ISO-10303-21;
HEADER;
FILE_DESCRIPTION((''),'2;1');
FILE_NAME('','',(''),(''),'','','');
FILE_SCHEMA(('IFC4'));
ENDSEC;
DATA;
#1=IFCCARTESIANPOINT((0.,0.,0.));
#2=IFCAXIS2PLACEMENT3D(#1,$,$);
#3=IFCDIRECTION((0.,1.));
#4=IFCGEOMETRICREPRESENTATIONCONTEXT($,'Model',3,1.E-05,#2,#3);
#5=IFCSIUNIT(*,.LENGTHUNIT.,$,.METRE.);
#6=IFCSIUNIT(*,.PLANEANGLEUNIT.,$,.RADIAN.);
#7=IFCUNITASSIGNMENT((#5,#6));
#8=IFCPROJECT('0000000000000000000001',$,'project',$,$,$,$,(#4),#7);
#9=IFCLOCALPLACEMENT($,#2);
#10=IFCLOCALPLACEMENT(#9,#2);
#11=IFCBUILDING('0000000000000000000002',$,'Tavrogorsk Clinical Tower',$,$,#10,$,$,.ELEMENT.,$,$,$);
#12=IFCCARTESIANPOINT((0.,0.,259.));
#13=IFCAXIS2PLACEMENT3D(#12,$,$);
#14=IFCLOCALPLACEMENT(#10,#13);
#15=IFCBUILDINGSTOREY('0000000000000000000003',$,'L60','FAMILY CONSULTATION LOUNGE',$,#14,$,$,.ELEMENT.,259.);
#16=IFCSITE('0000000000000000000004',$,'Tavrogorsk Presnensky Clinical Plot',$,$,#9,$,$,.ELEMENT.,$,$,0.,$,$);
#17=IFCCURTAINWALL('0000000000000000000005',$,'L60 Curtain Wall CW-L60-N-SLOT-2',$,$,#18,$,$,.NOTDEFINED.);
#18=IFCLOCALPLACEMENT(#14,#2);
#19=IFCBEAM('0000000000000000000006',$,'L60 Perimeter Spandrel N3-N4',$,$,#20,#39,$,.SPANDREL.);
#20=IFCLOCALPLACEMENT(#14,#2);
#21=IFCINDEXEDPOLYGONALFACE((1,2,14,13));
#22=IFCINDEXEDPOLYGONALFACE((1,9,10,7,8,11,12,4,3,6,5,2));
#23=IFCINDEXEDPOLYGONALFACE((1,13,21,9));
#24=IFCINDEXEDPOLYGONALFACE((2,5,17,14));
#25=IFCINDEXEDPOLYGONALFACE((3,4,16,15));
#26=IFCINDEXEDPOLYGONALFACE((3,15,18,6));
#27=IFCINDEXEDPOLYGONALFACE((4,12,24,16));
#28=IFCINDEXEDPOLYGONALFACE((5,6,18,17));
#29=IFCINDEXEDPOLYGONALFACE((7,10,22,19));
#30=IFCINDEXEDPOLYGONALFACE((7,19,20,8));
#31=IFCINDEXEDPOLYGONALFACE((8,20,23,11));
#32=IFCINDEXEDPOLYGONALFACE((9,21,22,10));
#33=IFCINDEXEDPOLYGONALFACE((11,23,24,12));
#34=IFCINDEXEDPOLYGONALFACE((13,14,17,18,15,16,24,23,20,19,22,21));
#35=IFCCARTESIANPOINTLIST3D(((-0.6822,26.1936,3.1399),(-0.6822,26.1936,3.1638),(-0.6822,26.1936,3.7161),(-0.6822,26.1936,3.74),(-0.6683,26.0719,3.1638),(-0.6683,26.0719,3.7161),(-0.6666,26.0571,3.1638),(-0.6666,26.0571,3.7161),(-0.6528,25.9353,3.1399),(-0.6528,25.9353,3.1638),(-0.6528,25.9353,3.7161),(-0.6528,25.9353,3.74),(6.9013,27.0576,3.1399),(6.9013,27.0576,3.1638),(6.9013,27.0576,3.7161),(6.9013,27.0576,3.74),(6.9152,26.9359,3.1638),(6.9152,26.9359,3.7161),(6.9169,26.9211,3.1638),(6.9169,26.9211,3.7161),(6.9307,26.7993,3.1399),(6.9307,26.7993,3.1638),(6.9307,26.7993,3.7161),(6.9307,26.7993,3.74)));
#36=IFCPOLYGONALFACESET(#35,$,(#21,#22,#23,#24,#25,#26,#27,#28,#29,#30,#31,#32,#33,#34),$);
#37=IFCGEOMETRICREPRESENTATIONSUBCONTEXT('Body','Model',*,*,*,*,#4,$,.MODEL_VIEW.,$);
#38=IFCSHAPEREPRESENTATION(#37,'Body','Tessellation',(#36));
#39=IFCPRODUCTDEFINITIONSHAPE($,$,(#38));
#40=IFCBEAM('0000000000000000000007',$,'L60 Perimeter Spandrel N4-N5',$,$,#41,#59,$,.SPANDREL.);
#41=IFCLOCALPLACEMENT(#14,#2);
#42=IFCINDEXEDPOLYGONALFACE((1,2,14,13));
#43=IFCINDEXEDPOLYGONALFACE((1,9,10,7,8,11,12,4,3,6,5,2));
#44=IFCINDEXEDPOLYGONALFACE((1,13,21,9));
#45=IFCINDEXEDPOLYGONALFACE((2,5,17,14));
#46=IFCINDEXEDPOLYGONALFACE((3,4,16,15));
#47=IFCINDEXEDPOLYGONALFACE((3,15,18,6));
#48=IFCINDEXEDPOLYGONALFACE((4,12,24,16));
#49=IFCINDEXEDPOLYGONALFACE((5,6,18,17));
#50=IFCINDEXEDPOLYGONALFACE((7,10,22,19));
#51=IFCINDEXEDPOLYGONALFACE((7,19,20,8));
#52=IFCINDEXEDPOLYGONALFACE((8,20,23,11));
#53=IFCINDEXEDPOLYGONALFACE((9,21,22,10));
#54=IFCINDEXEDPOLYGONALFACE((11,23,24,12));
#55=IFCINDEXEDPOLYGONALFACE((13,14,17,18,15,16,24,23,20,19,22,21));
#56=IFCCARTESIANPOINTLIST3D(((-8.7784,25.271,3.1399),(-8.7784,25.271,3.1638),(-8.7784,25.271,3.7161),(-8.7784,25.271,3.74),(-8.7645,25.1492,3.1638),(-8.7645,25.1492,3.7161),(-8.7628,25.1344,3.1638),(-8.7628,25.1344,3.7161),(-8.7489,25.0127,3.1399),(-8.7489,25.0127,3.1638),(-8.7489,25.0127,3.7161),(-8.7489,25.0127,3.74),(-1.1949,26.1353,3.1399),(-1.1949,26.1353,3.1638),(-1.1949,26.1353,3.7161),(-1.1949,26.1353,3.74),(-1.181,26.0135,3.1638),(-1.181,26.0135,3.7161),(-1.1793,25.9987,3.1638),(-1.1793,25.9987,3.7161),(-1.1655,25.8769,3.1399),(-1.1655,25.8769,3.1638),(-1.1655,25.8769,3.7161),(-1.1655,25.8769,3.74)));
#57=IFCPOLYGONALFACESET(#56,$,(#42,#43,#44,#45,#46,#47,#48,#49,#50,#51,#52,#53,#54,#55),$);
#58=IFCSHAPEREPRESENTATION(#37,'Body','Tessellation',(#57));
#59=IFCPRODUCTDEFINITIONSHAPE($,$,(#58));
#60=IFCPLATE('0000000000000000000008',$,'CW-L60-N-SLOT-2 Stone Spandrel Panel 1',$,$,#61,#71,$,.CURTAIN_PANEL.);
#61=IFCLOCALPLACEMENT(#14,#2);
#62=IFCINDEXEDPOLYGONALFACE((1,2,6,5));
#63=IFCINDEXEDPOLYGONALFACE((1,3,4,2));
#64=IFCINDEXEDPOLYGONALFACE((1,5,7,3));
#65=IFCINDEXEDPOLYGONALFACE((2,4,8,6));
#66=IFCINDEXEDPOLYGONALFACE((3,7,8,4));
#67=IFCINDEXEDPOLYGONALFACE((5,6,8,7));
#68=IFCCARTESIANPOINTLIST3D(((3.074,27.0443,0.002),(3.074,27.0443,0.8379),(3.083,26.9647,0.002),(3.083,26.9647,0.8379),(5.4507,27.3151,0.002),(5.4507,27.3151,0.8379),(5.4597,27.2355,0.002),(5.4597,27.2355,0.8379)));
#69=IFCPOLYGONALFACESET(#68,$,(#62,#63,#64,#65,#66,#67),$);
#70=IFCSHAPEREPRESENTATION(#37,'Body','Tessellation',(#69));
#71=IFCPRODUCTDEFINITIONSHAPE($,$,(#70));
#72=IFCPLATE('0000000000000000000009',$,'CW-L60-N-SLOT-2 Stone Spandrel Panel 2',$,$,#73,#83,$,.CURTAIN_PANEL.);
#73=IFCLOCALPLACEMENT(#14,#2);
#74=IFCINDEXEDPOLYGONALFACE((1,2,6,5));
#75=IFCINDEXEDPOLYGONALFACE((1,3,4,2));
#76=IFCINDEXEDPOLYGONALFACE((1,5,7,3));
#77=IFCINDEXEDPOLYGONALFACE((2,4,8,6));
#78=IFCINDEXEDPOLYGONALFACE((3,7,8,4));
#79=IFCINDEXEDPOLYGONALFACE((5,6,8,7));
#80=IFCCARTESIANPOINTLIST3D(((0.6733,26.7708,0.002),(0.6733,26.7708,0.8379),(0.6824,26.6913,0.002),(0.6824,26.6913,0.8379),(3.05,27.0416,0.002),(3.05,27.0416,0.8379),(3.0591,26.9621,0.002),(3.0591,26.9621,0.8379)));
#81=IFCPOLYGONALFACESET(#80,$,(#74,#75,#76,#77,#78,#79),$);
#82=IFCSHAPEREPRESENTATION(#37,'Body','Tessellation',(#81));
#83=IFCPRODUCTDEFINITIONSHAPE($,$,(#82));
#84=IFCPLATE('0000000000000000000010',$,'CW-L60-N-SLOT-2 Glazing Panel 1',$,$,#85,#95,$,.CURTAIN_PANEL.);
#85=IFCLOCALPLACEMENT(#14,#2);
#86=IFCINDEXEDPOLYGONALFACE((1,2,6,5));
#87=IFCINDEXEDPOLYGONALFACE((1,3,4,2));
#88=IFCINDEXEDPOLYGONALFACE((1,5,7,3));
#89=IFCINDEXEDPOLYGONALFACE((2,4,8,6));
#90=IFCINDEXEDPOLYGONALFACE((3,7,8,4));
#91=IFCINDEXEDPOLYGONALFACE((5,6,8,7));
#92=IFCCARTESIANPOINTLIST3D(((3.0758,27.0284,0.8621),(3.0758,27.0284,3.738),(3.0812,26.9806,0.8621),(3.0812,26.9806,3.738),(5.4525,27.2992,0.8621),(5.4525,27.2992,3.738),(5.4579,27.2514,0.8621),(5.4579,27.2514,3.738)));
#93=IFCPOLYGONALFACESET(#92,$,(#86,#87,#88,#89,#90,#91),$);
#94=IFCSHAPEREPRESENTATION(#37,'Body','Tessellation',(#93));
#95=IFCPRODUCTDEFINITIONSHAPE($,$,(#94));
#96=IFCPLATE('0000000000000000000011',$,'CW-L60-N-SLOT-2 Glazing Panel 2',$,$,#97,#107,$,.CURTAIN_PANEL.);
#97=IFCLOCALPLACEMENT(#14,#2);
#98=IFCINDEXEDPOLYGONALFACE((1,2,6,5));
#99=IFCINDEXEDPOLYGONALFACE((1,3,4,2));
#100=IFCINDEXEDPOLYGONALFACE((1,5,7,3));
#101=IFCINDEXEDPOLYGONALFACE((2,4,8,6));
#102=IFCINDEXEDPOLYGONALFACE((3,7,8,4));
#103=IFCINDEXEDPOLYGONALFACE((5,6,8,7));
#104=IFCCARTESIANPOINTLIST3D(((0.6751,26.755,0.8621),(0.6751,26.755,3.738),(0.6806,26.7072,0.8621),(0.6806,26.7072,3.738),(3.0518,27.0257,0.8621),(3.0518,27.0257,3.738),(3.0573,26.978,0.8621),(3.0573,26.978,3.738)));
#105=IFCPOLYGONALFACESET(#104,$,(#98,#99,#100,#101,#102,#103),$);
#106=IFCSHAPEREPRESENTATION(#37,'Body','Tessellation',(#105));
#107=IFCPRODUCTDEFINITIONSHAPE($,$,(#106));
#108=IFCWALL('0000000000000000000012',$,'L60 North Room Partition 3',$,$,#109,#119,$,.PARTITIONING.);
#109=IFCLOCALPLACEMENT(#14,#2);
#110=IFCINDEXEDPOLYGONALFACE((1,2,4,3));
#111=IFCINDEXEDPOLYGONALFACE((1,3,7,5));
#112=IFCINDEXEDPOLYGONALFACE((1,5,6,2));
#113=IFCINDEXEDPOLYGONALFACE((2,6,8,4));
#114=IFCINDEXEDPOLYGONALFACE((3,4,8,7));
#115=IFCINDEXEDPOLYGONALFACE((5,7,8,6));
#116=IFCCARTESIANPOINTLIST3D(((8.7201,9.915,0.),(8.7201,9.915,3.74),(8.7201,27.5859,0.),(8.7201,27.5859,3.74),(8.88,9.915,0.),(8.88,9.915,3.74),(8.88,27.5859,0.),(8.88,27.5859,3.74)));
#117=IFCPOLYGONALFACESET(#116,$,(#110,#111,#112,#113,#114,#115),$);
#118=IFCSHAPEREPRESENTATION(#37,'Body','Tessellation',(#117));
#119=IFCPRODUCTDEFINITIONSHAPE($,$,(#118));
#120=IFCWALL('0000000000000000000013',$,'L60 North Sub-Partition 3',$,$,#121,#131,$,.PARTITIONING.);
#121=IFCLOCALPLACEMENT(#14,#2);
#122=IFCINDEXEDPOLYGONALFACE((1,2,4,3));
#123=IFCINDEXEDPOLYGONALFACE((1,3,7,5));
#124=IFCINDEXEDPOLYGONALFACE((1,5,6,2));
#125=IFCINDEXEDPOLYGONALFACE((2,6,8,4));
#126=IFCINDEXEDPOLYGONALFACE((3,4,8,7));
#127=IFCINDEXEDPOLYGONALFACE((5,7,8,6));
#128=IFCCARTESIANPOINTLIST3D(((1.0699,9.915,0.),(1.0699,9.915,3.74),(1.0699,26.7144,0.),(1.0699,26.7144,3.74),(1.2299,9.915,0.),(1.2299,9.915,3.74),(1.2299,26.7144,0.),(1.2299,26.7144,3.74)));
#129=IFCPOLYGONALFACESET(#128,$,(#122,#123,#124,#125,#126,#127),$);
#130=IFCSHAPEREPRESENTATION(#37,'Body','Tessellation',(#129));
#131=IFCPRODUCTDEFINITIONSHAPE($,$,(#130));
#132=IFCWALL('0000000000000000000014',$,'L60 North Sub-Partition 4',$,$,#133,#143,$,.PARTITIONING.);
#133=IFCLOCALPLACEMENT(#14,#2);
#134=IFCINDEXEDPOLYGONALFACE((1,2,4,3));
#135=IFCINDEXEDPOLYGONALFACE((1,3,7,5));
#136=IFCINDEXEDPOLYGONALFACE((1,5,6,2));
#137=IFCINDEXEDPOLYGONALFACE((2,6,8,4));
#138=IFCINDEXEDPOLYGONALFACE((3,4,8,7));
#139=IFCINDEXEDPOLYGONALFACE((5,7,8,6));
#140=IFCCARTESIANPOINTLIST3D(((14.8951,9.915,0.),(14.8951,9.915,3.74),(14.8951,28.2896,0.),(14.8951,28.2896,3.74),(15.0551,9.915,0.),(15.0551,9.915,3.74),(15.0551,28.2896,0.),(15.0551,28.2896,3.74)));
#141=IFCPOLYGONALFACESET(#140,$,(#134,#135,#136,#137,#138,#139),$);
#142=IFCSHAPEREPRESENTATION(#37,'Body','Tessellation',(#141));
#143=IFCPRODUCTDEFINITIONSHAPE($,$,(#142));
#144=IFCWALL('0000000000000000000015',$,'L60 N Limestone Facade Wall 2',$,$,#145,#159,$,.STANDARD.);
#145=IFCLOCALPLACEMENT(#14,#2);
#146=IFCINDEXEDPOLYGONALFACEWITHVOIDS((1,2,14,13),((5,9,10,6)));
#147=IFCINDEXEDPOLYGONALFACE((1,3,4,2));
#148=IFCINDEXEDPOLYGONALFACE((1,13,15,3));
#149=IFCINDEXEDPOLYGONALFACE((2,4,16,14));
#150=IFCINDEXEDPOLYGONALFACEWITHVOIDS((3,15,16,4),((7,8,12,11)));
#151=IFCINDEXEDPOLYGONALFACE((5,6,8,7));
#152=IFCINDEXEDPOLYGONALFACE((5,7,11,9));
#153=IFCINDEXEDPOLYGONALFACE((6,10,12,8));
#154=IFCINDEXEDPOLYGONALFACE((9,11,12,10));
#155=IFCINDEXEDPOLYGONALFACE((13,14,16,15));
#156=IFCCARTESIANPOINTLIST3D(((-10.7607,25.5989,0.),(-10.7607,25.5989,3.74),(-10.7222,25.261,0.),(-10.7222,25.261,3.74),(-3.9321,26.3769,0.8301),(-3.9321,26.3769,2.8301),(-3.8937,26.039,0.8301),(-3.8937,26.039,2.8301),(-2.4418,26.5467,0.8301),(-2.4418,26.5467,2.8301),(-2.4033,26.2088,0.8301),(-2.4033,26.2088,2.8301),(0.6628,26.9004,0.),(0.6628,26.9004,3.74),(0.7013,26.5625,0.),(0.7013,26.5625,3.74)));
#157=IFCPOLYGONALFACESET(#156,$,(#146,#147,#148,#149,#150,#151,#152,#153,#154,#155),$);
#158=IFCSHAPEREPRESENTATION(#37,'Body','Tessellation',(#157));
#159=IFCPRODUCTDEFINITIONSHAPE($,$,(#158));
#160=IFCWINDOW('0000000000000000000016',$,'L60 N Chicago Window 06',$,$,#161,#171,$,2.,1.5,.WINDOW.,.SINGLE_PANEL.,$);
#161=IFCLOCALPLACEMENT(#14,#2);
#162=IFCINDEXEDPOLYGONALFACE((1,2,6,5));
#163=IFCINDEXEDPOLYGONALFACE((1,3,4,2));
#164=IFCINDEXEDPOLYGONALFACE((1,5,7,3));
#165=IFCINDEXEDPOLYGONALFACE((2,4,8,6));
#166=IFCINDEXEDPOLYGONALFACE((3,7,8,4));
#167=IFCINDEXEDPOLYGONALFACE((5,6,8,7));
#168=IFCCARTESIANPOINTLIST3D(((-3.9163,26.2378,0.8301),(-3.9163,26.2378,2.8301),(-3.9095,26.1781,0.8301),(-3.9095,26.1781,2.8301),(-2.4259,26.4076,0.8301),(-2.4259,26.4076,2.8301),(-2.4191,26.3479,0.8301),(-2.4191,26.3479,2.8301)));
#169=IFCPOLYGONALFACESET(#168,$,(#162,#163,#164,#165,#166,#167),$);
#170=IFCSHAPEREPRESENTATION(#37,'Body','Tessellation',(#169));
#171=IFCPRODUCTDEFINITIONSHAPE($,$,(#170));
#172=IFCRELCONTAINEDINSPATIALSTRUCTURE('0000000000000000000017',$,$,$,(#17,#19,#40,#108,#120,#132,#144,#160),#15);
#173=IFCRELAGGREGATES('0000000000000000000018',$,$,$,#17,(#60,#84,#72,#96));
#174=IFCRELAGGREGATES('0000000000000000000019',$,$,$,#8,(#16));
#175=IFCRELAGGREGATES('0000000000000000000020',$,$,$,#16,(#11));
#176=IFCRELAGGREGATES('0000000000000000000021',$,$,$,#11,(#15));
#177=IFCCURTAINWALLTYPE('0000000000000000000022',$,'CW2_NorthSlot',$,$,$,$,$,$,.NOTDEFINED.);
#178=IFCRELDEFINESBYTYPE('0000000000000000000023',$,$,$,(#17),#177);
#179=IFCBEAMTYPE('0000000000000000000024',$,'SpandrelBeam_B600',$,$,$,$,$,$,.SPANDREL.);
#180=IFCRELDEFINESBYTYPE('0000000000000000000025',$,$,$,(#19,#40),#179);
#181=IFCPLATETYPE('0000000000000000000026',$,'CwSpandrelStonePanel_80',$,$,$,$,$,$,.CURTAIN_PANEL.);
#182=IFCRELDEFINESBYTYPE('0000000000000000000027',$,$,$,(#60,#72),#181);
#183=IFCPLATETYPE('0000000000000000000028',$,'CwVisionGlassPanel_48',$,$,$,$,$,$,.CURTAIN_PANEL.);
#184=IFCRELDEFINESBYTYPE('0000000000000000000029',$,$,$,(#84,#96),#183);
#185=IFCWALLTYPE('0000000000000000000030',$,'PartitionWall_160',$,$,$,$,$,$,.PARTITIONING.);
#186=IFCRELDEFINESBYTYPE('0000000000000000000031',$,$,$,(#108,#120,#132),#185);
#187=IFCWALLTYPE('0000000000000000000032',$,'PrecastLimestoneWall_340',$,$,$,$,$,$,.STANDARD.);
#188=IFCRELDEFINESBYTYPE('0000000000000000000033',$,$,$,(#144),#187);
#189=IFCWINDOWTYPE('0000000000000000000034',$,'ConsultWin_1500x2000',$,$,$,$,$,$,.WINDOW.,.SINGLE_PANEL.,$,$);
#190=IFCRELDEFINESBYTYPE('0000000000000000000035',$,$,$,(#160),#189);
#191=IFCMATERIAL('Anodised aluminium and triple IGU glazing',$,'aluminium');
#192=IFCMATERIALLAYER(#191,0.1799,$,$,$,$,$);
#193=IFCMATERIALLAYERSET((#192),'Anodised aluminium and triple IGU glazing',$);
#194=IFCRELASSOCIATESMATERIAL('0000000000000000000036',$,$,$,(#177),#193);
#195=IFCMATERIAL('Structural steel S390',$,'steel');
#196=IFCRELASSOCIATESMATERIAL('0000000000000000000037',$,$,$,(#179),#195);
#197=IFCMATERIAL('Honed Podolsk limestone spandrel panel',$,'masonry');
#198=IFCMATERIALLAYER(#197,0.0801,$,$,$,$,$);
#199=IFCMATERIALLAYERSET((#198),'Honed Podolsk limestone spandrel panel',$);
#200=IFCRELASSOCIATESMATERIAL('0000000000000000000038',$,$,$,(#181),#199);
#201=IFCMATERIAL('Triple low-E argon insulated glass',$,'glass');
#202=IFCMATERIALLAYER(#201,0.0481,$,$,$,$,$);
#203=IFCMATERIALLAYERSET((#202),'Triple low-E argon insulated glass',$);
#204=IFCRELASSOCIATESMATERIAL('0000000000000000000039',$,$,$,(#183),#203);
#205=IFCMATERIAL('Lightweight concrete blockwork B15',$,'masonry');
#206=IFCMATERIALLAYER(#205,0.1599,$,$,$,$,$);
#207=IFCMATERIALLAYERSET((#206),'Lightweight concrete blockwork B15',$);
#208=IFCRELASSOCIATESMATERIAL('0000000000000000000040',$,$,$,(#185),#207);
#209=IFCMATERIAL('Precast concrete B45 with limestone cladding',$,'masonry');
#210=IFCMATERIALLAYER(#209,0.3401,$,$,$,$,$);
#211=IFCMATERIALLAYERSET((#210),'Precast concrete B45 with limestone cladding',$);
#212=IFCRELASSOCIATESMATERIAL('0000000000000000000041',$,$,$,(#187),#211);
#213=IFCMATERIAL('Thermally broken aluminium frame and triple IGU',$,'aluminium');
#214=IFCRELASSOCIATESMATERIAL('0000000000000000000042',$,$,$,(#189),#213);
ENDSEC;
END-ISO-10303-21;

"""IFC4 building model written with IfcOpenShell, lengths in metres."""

from ifc_helpers import new_model, si_unit, direction, frame, frame_2d, origin, origin_2d, place, context, subcontext, project, spatial, rectangle, i_section, extrude, material, layer, layer_set, material_profile, profile_set, type_object, element, fill, aggregate, save


model = new_model("IFC4")

# Units and contexts
model_context = context("Model", 3, precision=1e-05, world=origin(), true_north=direction((0.0, 1.0)))
body_context = subcontext(model_context, "Body", "Model", "MODEL_VIEW")
ifc_project = project(units=[si_unit("LENGTHUNIT", "METRE"), si_unit("PLANEANGLEUNIT", "RADIAN")], contexts=[model_context])

# Site, building, storey
site_placement = place(None, origin())
site = spatial("IfcSite", under=ifc_project, at=site_placement, Name="Tavrogorsk Presnensky Clinical Plot", CompositionType="ELEMENT", RefElevation=0.0)
building_placement = place(site_placement, origin())
building = spatial("IfcBuilding", under=site, at=building_placement, Name="Tavrogorsk Clinical Tower", CompositionType="ELEMENT")
storey_placement = place(building_placement, frame((0.0, 0.0, 259.0)))
storey = spatial("IfcBuildingStorey", under=building, at=storey_placement, Name="L60", Description="FAMILY CONSULTATION LOUNGE", CompositionType="ELEMENT", Elevation=259.0)

# Curtain wall
ifc_material_1 = material(Name="Anodised aluminium and triple IGU glazing", Category="aluminium")
ifc_layer_1 = layer(ifc_material_1, 0.1799)
ifc_layer_set_1 = layer_set([ifc_layer_1], Name="Anodised aluminium and triple IGU glazing")
curtain_wall_type = type_object("IfcCurtainWallType", Name="CW2_NorthSlot", PredefinedType="NOTDEFINED", material=ifc_layer_set_1)
curtain_wall_placement = place(storey_placement, origin())
curtain_wall = element("IfcCurtainWall", 1, at=curtain_wall_placement, inside=storey, type_object=curtain_wall_type, Name="L60 Curtain Wall CW-L60-N-SLOT-2", PredefinedType="NOTDEFINED")

# Beams
ifc_material_2 = material(Name="Structural steel S390", Category="steel")
ifc_material_profile_1 = material_profile(ifc_material_2, i_section(OverallWidth=0.26, OverallDepth=0.6001, WebThickness=0.0149, FlangeThickness=0.0239, at=origin_2d()), Name="B-600x260x15x24")
ifc_profile_set_1 = profile_set([ifc_material_profile_1], Name="Structural steel S390")
beam_type = type_object("IfcBeamType", Name="SpandrelBeam_B600", PredefinedType="SPANDREL", material=ifc_profile_set_1)
for number, where, z_axis, x_axis, name in (
    (2, (6.916, 26.9285, 3.4399), (-0.993572, -0.113201, 0.0), (0.113201, -0.993572, 0.0), "L60 Perimeter Spandrel N3-N4"),
    (3, (-1.1802, 26.0061, 3.4399), (-0.993569, -0.113233, 0.0), (0.113233, -0.993569, 0.0), "L60 Perimeter Spandrel N4-N5"),
):
    element("IfcBeam", number, at=place(storey_placement, frame(where, z_axis=z_axis, x_axis=x_axis)), inside=storey, type_object=beam_type, Name=name, PredefinedType="SPANDREL", context=body_context, shape_type="SweptSolid", body=[
        extrude(i_section(OverallWidth=0.26, OverallDepth=0.6001, WebThickness=0.0149, FlangeThickness=0.0239, at=origin_2d()), origin(), (0.0, 0.0, 1.0), 7.6326),
    ])

# Plates
ifc_material_3 = material(Name="Honed Podolsk limestone spandrel panel", Category="masonry")
ifc_layer_2 = layer(ifc_material_3, 0.0801)
ifc_layer_set_2 = layer_set([ifc_layer_2], Name="Honed Podolsk limestone spandrel panel")
plate_type_1 = type_object("IfcPlateType", Name="CwSpandrelStonePanel_80", PredefinedType="CURTAIN_PANEL", material=ifc_layer_set_2)
plate_1_placement = place(storey_placement, frame((4.2668, 27.1399, 0.002), z_axis=(0.0, 0.0, 1.0), x_axis=(-0.993572, -0.113203, 0.0)))
plate_1 = element("IfcPlate", 4, at=plate_1_placement, type_object=plate_type_1, Name="CW-L60-N-SLOT-2 Stone Spandrel Panel 1", PredefinedType="CURTAIN_PANEL", context=body_context, shape_type="SweptSolid", body=[
    extrude(rectangle(XDim=2.3921, YDim=0.0801, at=origin_2d()), origin(), (0.0, 0.0, 1.0), 0.8359),
])
plate_2_placement = place(storey_placement, frame((1.8662, 26.8665, 0.002), z_axis=(0.0, 0.0, 1.0), x_axis=(-0.993572, -0.113203, 0.0)))
plate_2 = element("IfcPlate", 5, at=plate_2_placement, type_object=plate_type_1, Name="CW-L60-N-SLOT-2 Stone Spandrel Panel 2", PredefinedType="CURTAIN_PANEL", context=body_context, shape_type="SweptSolid", body=[
    extrude(rectangle(XDim=2.3921, YDim=0.0801, at=origin_2d()), origin(), (0.0, 0.0, 1.0), 0.8359),
])
ifc_material_4 = material(Name="Triple low-E argon insulated glass", Category="glass")
ifc_layer_3 = layer(ifc_material_4, 0.0481)
ifc_layer_set_3 = layer_set([ifc_layer_3], Name="Triple low-E argon insulated glass")
plate_type_2 = type_object("IfcPlateType", Name="CwVisionGlassPanel_48", PredefinedType="CURTAIN_PANEL", material=ifc_layer_set_3)
plate_3_placement = place(storey_placement, frame((4.2668, 27.1399, 0.8621), z_axis=(0.0, 0.0, 1.0), x_axis=(-0.993572, -0.113203, 0.0)))
plate_3 = element("IfcPlate", 6, at=plate_3_placement, type_object=plate_type_2, Name="CW-L60-N-SLOT-2 Glazing Panel 1", PredefinedType="CURTAIN_PANEL", context=body_context, shape_type="SweptSolid", body=[
    extrude(rectangle(XDim=2.3921, YDim=0.0481, at=origin_2d()), origin(), (0.0, 0.0, 1.0), 2.876),
])
plate_4_placement = place(storey_placement, frame((1.8662, 26.8665, 0.8621), z_axis=(0.0, 0.0, 1.0), x_axis=(-0.993572, -0.113203, 0.0)))
plate_4 = element("IfcPlate", 7, at=plate_4_placement, type_object=plate_type_2, Name="CW-L60-N-SLOT-2 Glazing Panel 2", PredefinedType="CURTAIN_PANEL", context=body_context, shape_type="SweptSolid", body=[
    extrude(rectangle(XDim=2.3921, YDim=0.0481, at=origin_2d()), origin(), (0.0, 0.0, 1.0), 2.876),
])
aggregate(curtain_wall, [plate_1, plate_3, plate_2, plate_4])

# Walls
ifc_material_5 = material(Name="Lightweight concrete blockwork B15", Category="masonry")
ifc_layer_4 = layer(ifc_material_5, 0.1599)
ifc_layer_set_4 = layer_set([ifc_layer_4], Name="Lightweight concrete blockwork B15")
wall_type_1 = type_object("IfcWallType", Name="PartitionWall_160", PredefinedType="PARTITIONING", material=ifc_layer_set_4)
wall_1_placement = place(storey_placement, frame((8.8, 9.915, 0.0), z_axis=(0.0, 0.0, 1.0), x_axis=(0.0, 1.0, 0.0)))
element("IfcWall", 8, at=wall_1_placement, inside=storey, type_object=wall_type_1, Name="L60 North Room Partition 3", PredefinedType="PARTITIONING", context=body_context, shape_type="SweptSolid", body=[
    extrude(rectangle(XDim=17.6709, YDim=0.1599, at=frame_2d((8.8354, 0.0))), origin(), (0.0, 0.0, 1.0), 3.74),
])
wall_2_placement = place(storey_placement, frame((1.1499, 9.915, 0.0), z_axis=(0.0, 0.0, 1.0), x_axis=(0.0, 1.0, 0.0)))
element("IfcWall", 9, at=wall_2_placement, inside=storey, type_object=wall_type_1, Name="L60 North Sub-Partition 3", PredefinedType="PARTITIONING", context=body_context, shape_type="SweptSolid", body=[
    extrude(rectangle(XDim=16.7993, YDim=0.1599, at=frame_2d((8.3997, 0.0))), origin(), (0.0, 0.0, 1.0), 3.74),
])
wall_3_placement = place(storey_placement, frame((14.9751, 9.915, 0.0), z_axis=(0.0, 0.0, 1.0), x_axis=(0.0, 1.0, 0.0)))
element("IfcWall", 10, at=wall_3_placement, inside=storey, type_object=wall_type_1, Name="L60 North Sub-Partition 4", PredefinedType="PARTITIONING", context=body_context, shape_type="SweptSolid", body=[
    extrude(rectangle(XDim=18.3745, YDim=0.1599, at=frame_2d((9.1873, 0.0))), origin(), (0.0, 0.0, 1.0), 3.74),
])

# Wall, opening, window
ifc_material_6 = material(Name="Precast concrete B45 with limestone cladding", Category="masonry")
ifc_layer_5 = layer(ifc_material_6, 0.3401)
ifc_layer_set_5 = layer_set([ifc_layer_5], Name="Precast concrete B45 with limestone cladding")
wall_type_2 = type_object("IfcWallType", Name="PrecastLimestoneWall_340", PredefinedType="STANDARD", material=ifc_layer_set_5)
wall_4_placement = place(storey_placement, frame((0.6819, 26.7314, 0.0), z_axis=(0.0, 0.0, 1.0), x_axis=(-0.993572, -0.113202, 0.0)))
wall_4 = element("IfcWall", 11, at=wall_4_placement, inside=storey, type_object=wall_type_2, Name="L60 N Limestone Facade Wall 2", PredefinedType="STANDARD", context=body_context, shape_type="SweptSolid", body=[
    extrude(rectangle(XDim=11.4973, YDim=0.3401, at=frame_2d((5.7485, 0.0))), origin(), (0.0, 0.0, 1.0), 3.74),
])
opening_placement = place(wall_4_placement, frame((3.1245, 0.0, 0.8301)))
opening = element("IfcOpeningElement", 12, at=opening_placement, cuts=wall_4, PredefinedType="OPENING", context=body_context, shape_type="SweptSolid", body=[
    extrude(rectangle(XDim=1.5, YDim=2.0, at=frame_2d((0.75, 1.0))), frame((0.0, 0.1799, 0.0), z_axis=(0.0, -1.0, 0.0), x_axis=(1.0, 0.0, 0.0)), (0.0, 0.0, 1.0), 0.3601),
])
ifc_material_7 = material(Name="Thermally broken aluminium frame and triple IGU", Category="aluminium")
window_type = type_object("IfcWindowType", Name="ConsultWin_1500x2000", PartitioningType="SINGLE_PANEL", PredefinedType="WINDOW", material=ifc_material_7)
window_placement = place(opening_placement, origin())
window = element("IfcWindow", 13, at=window_placement, inside=storey, type_object=window_type, Name="L60 N Chicago Window 06", OverallHeight=2.0, OverallWidth=1.5, PartitioningType="SINGLE_PANEL", PredefinedType="WINDOW", context=body_context, shape_type="SweptSolid", body=[
    extrude(rectangle(XDim=1.5, YDim=2.0, at=frame_2d((0.75, 1.0))), frame((0.0, 0.03, 0.0), z_axis=(0.0, -1.0, 0.0), x_axis=(1.0, 0.0, 0.0)), (0.0, 0.0, 1.0), 0.0601),
])
fill(opening, window)

save(model, "model.ifc")
